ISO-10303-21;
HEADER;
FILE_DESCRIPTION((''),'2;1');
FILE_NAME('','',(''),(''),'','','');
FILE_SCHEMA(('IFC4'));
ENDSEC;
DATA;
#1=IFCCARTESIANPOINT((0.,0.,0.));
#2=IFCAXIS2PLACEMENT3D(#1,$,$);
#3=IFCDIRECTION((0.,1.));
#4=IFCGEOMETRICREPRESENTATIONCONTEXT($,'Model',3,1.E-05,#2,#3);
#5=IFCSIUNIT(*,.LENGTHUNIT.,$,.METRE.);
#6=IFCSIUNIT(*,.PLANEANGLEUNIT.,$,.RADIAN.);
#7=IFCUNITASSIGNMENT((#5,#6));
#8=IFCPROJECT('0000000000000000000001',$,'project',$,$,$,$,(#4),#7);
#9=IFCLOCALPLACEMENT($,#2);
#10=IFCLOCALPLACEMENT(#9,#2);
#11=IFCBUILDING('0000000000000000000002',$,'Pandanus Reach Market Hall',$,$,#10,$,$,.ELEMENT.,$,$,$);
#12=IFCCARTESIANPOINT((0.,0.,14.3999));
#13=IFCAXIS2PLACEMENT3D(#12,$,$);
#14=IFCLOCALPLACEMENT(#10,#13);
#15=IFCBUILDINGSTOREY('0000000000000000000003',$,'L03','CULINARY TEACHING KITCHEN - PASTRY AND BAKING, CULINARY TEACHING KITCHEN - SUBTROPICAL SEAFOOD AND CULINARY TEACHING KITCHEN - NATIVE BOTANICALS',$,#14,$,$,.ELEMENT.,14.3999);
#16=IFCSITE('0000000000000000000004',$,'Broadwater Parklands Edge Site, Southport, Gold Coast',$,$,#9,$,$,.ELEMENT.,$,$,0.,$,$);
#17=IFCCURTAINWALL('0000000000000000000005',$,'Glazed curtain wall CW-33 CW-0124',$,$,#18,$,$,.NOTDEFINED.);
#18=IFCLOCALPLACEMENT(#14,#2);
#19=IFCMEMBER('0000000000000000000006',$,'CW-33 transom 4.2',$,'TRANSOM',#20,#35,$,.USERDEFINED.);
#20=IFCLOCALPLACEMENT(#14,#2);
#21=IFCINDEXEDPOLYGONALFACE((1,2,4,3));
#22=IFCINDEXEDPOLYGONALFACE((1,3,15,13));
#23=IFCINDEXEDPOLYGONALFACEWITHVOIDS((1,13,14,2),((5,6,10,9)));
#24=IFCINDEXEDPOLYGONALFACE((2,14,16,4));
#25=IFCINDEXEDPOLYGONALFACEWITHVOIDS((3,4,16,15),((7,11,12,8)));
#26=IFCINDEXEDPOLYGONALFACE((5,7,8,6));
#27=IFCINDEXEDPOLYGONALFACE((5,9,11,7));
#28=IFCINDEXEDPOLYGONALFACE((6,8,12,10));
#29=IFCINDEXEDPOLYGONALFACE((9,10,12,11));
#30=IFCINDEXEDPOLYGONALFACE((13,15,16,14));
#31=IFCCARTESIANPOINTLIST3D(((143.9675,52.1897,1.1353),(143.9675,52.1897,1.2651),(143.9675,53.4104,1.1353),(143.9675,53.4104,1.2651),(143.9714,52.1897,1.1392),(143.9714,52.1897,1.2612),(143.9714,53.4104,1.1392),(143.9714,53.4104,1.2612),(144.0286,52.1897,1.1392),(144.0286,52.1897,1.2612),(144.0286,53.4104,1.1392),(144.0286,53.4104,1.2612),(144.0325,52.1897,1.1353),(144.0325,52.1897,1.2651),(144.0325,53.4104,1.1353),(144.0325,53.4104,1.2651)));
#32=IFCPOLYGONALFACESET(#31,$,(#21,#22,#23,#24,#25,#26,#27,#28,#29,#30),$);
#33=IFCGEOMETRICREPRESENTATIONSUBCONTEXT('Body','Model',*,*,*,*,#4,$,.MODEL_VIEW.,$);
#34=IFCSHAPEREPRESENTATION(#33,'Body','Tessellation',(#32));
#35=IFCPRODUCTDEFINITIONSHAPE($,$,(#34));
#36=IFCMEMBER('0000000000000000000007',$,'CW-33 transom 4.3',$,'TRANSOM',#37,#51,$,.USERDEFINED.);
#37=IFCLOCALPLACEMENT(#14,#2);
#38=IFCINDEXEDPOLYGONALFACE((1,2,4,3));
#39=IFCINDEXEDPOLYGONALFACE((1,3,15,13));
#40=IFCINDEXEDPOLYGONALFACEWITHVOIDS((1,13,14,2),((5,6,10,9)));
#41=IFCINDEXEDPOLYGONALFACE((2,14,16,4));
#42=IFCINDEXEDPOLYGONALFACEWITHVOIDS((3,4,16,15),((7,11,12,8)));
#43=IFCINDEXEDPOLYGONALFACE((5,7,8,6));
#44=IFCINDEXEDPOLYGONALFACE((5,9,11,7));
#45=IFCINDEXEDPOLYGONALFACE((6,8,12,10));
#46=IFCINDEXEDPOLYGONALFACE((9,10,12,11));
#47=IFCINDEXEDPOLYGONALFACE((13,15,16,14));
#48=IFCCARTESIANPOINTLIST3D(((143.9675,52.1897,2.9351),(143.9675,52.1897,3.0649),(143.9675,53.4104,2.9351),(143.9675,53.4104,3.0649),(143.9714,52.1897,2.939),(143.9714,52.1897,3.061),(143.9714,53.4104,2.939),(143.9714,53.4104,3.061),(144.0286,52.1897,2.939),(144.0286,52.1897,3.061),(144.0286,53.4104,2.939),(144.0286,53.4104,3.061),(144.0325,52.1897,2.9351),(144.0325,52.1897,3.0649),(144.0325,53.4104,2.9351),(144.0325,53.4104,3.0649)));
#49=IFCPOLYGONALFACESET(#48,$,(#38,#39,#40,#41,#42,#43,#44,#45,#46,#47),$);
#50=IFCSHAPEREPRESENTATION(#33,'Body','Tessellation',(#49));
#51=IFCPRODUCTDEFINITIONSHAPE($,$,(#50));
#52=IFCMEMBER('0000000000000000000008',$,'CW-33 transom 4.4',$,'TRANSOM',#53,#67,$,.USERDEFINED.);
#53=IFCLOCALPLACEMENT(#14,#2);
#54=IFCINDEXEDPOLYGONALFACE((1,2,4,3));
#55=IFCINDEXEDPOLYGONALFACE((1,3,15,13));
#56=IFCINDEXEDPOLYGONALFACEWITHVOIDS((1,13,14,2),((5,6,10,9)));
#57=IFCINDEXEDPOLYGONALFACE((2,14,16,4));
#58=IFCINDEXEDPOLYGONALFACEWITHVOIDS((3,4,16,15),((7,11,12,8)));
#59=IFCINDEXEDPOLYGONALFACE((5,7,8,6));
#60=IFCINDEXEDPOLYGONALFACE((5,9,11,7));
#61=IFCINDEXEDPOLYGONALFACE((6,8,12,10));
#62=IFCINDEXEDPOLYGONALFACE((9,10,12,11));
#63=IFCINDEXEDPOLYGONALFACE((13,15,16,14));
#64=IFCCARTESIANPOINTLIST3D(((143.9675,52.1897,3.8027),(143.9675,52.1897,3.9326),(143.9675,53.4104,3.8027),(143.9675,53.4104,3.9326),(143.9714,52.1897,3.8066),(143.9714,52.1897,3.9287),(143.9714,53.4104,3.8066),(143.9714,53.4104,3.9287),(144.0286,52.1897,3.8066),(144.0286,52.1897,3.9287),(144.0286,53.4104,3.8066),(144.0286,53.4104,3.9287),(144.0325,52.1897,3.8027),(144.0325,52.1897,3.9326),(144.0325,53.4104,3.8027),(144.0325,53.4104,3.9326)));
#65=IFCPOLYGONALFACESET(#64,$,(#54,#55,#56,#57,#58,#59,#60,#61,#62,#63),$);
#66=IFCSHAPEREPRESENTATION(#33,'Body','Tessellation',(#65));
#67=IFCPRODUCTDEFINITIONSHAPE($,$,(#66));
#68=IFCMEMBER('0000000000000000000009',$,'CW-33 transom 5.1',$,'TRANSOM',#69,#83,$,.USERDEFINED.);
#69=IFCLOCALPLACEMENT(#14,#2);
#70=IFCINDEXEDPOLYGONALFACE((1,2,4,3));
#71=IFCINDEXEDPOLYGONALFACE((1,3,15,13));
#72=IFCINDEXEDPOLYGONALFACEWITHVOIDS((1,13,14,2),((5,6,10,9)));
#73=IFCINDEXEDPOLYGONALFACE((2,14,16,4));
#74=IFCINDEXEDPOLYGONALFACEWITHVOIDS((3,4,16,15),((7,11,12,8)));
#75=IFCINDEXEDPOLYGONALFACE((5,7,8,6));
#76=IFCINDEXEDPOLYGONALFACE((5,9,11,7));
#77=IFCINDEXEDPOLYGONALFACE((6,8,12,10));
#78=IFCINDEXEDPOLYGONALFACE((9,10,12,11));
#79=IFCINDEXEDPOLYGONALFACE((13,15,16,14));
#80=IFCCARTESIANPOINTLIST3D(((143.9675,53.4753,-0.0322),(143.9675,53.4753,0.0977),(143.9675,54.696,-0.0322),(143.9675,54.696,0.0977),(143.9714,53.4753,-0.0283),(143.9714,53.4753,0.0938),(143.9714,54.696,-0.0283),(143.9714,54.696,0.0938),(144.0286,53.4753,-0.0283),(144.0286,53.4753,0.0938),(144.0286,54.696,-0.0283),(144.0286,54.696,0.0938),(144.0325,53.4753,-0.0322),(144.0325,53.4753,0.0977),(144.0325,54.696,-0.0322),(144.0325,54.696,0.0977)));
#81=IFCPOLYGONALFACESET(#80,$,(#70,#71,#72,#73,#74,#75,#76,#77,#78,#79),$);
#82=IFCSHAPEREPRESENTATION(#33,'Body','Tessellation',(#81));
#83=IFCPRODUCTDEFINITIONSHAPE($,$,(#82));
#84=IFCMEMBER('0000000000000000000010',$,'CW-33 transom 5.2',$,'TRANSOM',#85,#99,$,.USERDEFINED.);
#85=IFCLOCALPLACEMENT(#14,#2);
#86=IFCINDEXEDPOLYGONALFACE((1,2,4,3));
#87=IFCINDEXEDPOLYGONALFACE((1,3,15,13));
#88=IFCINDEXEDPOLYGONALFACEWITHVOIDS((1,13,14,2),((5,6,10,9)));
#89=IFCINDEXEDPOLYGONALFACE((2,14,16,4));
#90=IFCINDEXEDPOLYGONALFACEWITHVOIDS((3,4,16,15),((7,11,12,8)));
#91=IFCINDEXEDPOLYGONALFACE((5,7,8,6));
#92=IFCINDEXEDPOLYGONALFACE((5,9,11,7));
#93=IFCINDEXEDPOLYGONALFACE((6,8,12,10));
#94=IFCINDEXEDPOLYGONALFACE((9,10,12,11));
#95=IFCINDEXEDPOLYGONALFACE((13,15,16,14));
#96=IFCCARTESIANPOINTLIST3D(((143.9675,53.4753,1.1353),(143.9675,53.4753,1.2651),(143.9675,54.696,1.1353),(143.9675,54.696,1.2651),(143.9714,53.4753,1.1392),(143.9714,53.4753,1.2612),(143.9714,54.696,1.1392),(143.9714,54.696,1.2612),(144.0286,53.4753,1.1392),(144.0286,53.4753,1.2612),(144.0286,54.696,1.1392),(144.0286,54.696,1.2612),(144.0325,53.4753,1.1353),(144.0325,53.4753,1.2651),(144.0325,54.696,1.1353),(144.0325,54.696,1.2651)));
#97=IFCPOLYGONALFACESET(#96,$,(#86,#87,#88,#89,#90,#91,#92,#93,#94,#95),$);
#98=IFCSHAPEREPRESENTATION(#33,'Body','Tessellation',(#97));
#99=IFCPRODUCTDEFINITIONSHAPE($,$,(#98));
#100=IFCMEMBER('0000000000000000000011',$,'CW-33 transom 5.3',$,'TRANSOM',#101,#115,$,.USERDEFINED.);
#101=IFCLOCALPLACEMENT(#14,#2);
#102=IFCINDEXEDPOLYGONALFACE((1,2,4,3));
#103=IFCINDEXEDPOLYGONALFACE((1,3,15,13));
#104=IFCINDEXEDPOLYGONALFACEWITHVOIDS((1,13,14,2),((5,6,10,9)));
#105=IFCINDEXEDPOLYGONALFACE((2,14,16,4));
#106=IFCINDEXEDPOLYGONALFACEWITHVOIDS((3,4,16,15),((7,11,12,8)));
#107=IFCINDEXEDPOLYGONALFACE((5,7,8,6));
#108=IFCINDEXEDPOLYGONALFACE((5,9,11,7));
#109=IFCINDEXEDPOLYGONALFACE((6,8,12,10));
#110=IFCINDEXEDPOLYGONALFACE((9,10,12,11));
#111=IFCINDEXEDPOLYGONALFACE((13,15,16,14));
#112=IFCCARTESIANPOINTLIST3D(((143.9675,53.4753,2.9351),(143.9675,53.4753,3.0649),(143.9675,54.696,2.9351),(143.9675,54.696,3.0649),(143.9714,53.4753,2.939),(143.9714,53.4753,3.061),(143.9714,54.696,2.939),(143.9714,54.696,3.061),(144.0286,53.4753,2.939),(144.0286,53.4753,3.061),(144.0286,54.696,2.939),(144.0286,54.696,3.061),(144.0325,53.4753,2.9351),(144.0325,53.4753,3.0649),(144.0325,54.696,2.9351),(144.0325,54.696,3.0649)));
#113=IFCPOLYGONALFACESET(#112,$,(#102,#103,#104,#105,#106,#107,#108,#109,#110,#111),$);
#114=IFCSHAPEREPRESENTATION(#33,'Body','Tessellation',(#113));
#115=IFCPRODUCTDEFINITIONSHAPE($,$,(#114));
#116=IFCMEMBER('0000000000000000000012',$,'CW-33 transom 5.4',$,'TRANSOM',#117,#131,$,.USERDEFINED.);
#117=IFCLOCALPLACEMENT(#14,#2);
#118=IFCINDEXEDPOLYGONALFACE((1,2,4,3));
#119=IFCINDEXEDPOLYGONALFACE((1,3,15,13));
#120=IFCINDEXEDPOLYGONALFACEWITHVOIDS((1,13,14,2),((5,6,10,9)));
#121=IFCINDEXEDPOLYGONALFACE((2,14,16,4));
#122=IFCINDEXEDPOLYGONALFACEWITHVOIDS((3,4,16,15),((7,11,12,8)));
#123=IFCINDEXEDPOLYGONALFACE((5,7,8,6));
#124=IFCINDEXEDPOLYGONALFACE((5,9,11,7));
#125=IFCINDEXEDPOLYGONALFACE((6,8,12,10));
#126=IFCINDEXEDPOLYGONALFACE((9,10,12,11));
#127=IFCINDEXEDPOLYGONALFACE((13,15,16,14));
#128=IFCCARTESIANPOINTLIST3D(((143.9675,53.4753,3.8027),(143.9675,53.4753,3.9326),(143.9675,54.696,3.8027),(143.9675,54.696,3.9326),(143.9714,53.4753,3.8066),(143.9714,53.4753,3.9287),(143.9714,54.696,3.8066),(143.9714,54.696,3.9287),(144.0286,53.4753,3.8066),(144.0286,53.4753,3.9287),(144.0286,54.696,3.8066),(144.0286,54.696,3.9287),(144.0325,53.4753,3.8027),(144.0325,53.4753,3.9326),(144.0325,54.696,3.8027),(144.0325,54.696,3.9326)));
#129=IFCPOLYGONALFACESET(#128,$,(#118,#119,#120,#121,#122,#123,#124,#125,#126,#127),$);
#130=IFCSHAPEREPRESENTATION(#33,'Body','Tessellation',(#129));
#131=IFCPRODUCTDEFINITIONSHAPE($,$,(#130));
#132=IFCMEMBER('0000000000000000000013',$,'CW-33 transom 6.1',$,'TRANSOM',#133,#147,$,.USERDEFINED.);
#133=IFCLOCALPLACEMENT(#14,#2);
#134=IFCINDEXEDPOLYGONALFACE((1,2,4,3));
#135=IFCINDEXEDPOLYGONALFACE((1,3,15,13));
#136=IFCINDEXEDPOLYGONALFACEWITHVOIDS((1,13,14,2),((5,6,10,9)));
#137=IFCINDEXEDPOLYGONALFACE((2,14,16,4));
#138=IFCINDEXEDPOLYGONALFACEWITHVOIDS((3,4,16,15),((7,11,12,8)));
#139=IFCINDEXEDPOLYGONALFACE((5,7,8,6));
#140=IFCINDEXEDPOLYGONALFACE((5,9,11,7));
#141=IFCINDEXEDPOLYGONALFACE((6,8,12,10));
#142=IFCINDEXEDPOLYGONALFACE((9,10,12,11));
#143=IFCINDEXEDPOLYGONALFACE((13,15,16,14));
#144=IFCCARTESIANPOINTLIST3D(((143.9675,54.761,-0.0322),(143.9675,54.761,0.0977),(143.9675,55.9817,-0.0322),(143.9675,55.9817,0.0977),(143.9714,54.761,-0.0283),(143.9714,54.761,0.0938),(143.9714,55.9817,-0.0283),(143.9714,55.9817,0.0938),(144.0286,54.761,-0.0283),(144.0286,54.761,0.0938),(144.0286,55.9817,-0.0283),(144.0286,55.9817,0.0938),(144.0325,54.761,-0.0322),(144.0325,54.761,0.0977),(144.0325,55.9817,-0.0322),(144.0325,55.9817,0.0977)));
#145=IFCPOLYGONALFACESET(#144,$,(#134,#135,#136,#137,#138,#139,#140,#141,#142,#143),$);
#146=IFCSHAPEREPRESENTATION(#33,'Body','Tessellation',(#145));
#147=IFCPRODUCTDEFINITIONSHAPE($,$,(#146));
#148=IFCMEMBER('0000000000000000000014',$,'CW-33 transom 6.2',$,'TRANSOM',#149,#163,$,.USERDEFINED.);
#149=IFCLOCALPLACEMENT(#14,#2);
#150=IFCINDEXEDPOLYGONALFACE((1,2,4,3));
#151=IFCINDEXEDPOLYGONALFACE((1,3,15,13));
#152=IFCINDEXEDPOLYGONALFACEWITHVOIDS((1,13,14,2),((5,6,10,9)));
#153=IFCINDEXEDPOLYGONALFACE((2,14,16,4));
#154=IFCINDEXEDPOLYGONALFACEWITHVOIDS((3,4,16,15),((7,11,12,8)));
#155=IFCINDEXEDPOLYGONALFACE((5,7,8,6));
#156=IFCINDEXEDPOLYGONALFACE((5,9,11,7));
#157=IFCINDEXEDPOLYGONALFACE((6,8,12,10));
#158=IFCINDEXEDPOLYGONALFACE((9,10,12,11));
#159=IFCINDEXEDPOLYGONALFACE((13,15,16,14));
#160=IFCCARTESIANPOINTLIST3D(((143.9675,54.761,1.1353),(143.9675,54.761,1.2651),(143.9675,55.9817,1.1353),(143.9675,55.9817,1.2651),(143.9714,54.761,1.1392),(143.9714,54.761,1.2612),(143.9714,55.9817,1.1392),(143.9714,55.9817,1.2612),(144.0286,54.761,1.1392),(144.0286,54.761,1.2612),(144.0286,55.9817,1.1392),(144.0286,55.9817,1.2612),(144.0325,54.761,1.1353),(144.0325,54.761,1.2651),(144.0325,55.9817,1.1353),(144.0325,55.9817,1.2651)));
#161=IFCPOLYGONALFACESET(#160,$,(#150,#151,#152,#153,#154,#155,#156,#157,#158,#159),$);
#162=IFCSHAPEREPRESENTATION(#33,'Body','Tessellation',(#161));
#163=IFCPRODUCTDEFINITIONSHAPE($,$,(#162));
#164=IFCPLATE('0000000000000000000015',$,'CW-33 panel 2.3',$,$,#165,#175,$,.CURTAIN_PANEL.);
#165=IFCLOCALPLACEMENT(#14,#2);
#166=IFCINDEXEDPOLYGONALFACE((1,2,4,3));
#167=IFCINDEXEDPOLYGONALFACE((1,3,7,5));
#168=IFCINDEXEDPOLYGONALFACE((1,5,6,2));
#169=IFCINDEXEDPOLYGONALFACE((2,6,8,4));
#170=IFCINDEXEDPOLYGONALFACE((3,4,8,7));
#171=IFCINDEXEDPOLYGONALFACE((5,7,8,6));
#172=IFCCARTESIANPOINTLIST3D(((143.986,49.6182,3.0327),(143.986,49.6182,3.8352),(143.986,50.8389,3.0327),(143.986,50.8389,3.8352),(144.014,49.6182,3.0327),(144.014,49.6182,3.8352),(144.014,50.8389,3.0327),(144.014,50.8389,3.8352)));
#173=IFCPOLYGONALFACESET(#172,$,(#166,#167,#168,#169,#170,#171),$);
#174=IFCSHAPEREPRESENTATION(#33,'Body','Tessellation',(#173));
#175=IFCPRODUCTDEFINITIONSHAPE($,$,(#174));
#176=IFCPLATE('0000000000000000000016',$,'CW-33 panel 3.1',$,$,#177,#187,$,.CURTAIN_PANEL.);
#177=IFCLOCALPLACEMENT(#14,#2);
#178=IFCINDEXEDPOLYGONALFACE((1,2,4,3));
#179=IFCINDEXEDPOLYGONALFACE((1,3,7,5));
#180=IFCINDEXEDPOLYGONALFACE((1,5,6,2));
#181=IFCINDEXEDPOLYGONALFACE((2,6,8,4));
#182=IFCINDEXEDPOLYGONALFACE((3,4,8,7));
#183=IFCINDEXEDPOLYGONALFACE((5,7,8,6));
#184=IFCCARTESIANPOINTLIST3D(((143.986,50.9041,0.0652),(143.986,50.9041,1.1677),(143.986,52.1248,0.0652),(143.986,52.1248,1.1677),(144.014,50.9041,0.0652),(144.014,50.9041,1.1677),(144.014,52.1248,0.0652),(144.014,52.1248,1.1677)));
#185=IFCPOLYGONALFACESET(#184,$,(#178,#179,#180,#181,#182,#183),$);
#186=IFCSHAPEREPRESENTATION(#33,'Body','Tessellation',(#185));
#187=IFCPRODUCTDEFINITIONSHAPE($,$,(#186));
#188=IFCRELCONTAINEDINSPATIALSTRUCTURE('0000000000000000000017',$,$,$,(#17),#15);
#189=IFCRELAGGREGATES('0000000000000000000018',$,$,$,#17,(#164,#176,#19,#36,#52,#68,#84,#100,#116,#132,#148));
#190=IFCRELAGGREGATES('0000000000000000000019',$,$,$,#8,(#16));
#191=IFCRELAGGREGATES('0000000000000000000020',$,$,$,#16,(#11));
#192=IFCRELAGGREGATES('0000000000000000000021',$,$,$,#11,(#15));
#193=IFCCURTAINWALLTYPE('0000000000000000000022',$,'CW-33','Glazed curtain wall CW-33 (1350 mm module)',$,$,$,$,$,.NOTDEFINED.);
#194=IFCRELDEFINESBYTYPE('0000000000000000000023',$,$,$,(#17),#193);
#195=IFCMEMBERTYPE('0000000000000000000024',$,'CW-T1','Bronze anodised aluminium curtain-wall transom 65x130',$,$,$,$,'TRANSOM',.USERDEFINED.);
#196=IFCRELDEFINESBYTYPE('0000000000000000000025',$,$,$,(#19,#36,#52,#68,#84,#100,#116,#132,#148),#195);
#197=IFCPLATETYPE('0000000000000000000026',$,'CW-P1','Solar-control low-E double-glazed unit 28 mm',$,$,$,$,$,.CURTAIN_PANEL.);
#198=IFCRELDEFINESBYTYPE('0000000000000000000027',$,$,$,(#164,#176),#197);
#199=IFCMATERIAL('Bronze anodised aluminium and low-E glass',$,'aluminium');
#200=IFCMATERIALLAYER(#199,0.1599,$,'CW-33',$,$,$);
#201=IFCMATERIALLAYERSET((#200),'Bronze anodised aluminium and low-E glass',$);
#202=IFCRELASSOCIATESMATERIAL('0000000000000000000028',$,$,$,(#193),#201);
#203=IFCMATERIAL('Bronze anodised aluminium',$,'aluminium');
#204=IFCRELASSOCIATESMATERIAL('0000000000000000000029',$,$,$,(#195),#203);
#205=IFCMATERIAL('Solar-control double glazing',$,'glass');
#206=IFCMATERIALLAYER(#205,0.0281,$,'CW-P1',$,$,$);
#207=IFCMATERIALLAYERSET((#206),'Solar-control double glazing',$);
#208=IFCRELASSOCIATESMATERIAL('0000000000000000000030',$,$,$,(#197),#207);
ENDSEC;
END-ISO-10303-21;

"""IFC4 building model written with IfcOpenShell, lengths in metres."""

from ifc_helpers import new_model, si_unit, direction, frame, origin, origin_2d, place, context, subcontext, project, spatial, rectangle, hollow_rectangle, extrude, material, layer, layer_set, material_profile, profile_set, type_object, element, aggregate, save


model = new_model("IFC4")

# Units and contexts
model_context = context("Model", 3, precision=1e-05, world=origin(), true_north=direction((0.0, 1.0)))
body_context = subcontext(model_context, "Body", "Model", "MODEL_VIEW")
ifc_project = project(units=[si_unit("LENGTHUNIT", "METRE"), si_unit("PLANEANGLEUNIT", "RADIAN")], contexts=[model_context])

# Site, building, storey
site_placement = place(None, origin())
site = spatial("IfcSite", under=ifc_project, at=site_placement, Name="Broadwater Parklands Edge Site, Southport, Gold Coast", CompositionType="ELEMENT", RefElevation=0.0)
building_placement = place(site_placement, origin())
building = spatial("IfcBuilding", under=site, at=building_placement, Name="Pandanus Reach Market Hall", CompositionType="ELEMENT")
storey_placement = place(building_placement, frame((0.0, 0.0, 14.3999)))
storey = spatial("IfcBuildingStorey", under=building, at=storey_placement, Name="L03", Description="CULINARY TEACHING KITCHEN - PASTRY AND BAKING, CULINARY TEACHING KITCHEN - SUBTROPICAL SEAFOOD AND CULINARY TEACHING KITCHEN - NATIVE BOTANICALS", CompositionType="ELEMENT", Elevation=14.3999)

# Curtain wall, members, plates
ifc_material_1 = material(Name="Bronze anodised aluminium and low-E glass", Category="aluminium")
ifc_layer_1 = layer(ifc_material_1, 0.1599, Name="CW-33")
ifc_layer_set_1 = layer_set([ifc_layer_1], Name="Bronze anodised aluminium and low-E glass")
curtain_wall_type = type_object("IfcCurtainWallType", Name="CW-33", Description="Glazed curtain wall CW-33 (1350 mm module)", PredefinedType="NOTDEFINED", material=ifc_layer_set_1)
curtain_wall_placement = place(storey_placement, origin())
curtain_wall = element("IfcCurtainWall", 1, at=curtain_wall_placement, inside=storey, type_object=curtain_wall_type, Name="Glazed curtain wall CW-33 CW-0124", PredefinedType="NOTDEFINED")
ifc_material_2 = material(Name="Bronze anodised aluminium", Category="aluminium")
ifc_material_profile_1 = material_profile(ifc_material_2, hollow_rectangle(XDim=0.0649, YDim=0.1299, WallThickness=0.0039, at=origin_2d()), Name="ALU65x130", Category="LoadBearing")
ifc_profile_set_1 = profile_set([ifc_material_profile_1], Name="Bronze anodised aluminium")
member_type_1 = type_object("IfcMemberType", Name="CW-T1", Description="Bronze anodised aluminium curtain-wall transom 65x130", ElementType="TRANSOM", PredefinedType="USERDEFINED", material=ifc_profile_set_1)
member_1_placement = place(storey_placement, frame((144.0, 52.1897, 1.2002), z_axis=(0.0, 1.0, 0.0), x_axis=(-1.0, 0.0, 0.0)))
member_1 = element("IfcMember", 2, at=member_1_placement, type_object=member_type_1, Name="CW-33 transom 4.2", ObjectType="TRANSOM", PredefinedType="USERDEFINED", context=body_context, shape_type="SweptSolid", body=[
    extrude(hollow_rectangle(XDim=0.0649, YDim=0.1299, WallThickness=0.0039, at=origin_2d()), origin(), (0.0, 0.0, 1.0), 1.2207),
])
member_2_placement = place(storey_placement, frame((144.0, 52.1897, 3.0), z_axis=(0.0, 1.0, 0.0), x_axis=(-1.0, 0.0, 0.0)))
member_2 = element("IfcMember", 3, at=member_2_placement, type_object=member_type_1, Name="CW-33 transom 4.3", ObjectType="TRANSOM", PredefinedType="USERDEFINED", context=body_context, shape_type="SweptSolid", body=[
    extrude(hollow_rectangle(XDim=0.0649, YDim=0.1299, WallThickness=0.0039, at=origin_2d()), origin(), (0.0, 0.0, 1.0), 1.2207),
])
member_3_placement = place(storey_placement, frame((144.0, 52.1897, 3.8677), z_axis=(0.0, 1.0, 0.0), x_axis=(-1.0, 0.0, 0.0)))
member_3 = element("IfcMember", 4, at=member_3_placement, type_object=member_type_1, Name="CW-33 transom 4.4", ObjectType="TRANSOM", PredefinedType="USERDEFINED", context=body_context, shape_type="SweptSolid", body=[
    extrude(hollow_rectangle(XDim=0.0649, YDim=0.1299, WallThickness=0.0039, at=origin_2d()), origin(), (0.0, 0.0, 1.0), 1.2207),
])
member_4_placement = place(storey_placement, frame((144.0, 53.4753, 0.0327), z_axis=(0.0, 1.0, 0.0), x_axis=(-1.0, 0.0, 0.0)))
member_4 = element("IfcMember", 5, at=member_4_placement, type_object=member_type_1, Name="CW-33 transom 5.1", ObjectType="TRANSOM", PredefinedType="USERDEFINED", context=body_context, shape_type="SweptSolid", body=[
    extrude(hollow_rectangle(XDim=0.0649, YDim=0.1299, WallThickness=0.0039, at=origin_2d()), origin(), (0.0, 0.0, 1.0), 1.2207),
])
member_5_placement = place(storey_placement, frame((144.0, 53.4753, 1.2002), z_axis=(0.0, 1.0, 0.0), x_axis=(-1.0, 0.0, 0.0)))
member_5 = element("IfcMember", 6, at=member_5_placement, type_object=member_type_1, Name="CW-33 transom 5.2", ObjectType="TRANSOM", PredefinedType="USERDEFINED", context=body_context, shape_type="SweptSolid", body=[
    extrude(hollow_rectangle(XDim=0.0649, YDim=0.1299, WallThickness=0.0039, at=origin_2d()), origin(), (0.0, 0.0, 1.0), 1.2207),
])
member_6_placement = place(storey_placement, frame((144.0, 53.4753, 3.0), z_axis=(0.0, 1.0, 0.0), x_axis=(-1.0, 0.0, 0.0)))
member_6 = element("IfcMember", 7, at=member_6_placement, type_object=member_type_1, Name="CW-33 transom 5.3", ObjectType="TRANSOM", PredefinedType="USERDEFINED", context=body_context, shape_type="SweptSolid", body=[
    extrude(hollow_rectangle(XDim=0.0649, YDim=0.1299, WallThickness=0.0039, at=origin_2d()), origin(), (0.0, 0.0, 1.0), 1.2207),
])
member_7_placement = place(storey_placement, frame((144.0, 53.4753, 3.8677), z_axis=(0.0, 1.0, 0.0), x_axis=(-1.0, 0.0, 0.0)))
member_7 = element("IfcMember", 8, at=member_7_placement, type_object=member_type_1, Name="CW-33 transom 5.4", ObjectType="TRANSOM", PredefinedType="USERDEFINED", context=body_context, shape_type="SweptSolid", body=[
    extrude(hollow_rectangle(XDim=0.0649, YDim=0.1299, WallThickness=0.0039, at=origin_2d()), origin(), (0.0, 0.0, 1.0), 1.2207),
])
member_8_placement = place(storey_placement, frame((144.0, 54.761, 0.0327), z_axis=(0.0, 1.0, 0.0), x_axis=(-1.0, 0.0, 0.0)))
member_8 = element("IfcMember", 9, at=member_8_placement, type_object=member_type_1, Name="CW-33 transom 6.1", ObjectType="TRANSOM", PredefinedType="USERDEFINED", context=body_context, shape_type="SweptSolid", body=[
    extrude(hollow_rectangle(XDim=0.0649, YDim=0.1299, WallThickness=0.0039, at=origin_2d()), origin(), (0.0, 0.0, 1.0), 1.2207),
])
member_9_placement = place(storey_placement, frame((144.0, 54.761, 1.2002), z_axis=(0.0, 1.0, 0.0), x_axis=(-1.0, 0.0, 0.0)))
member_9 = element("IfcMember", 10, at=member_9_placement, type_object=member_type_1, Name="CW-33 transom 6.2", ObjectType="TRANSOM", PredefinedType="USERDEFINED", context=body_context, shape_type="SweptSolid", body=[
    extrude(hollow_rectangle(XDim=0.0649, YDim=0.1299, WallThickness=0.0039, at=origin_2d()), origin(), (0.0, 0.0, 1.0), 1.2207),
])
ifc_material_3 = material(Name="Solar-control double glazing", Category="glass")
ifc_layer_2 = layer(ifc_material_3, 0.0281, Name="CW-P1")
ifc_layer_set_2 = layer_set([ifc_layer_2], Name="Solar-control double glazing")
plate_type = type_object("IfcPlateType", Name="CW-P1", Description="Solar-control low-E double-glazed unit 28 mm", PredefinedType="CURTAIN_PANEL", material=ifc_layer_set_2)
plate_1_placement = place(storey_placement, frame((144.0, 50.2285, 3.0327), z_axis=(0.0, 0.0, 1.0), x_axis=(0.0, 1.0, 0.0)))
plate_1 = element("IfcPlate", 11, at=plate_1_placement, type_object=plate_type, Name="CW-33 panel 2.3", PredefinedType="CURTAIN_PANEL", context=body_context, shape_type="SweptSolid", body=[
    extrude(rectangle(XDim=1.2207, YDim=0.0281, at=origin_2d()), origin(), (0.0, 0.0, 1.0), 0.8025),
])
plate_2_placement = place(storey_placement, frame((144.0, 51.5144, 0.0652), z_axis=(0.0, 0.0, 1.0), x_axis=(0.0, 1.0, 0.0)))
plate_2 = element("IfcPlate", 12, at=plate_2_placement, type_object=plate_type, Name="CW-33 panel 3.1", PredefinedType="CURTAIN_PANEL", context=body_context, shape_type="SweptSolid", body=[
    extrude(rectangle(XDim=1.2207, YDim=0.0281, at=origin_2d()), origin(), (0.0, 0.0, 1.0), 1.1025),
])
aggregate(curtain_wall, [plate_1, plate_2, member_1, member_2, member_3, member_4, member_5, member_6, member_7, member_8, member_9])

save(model, "model.ifc")
